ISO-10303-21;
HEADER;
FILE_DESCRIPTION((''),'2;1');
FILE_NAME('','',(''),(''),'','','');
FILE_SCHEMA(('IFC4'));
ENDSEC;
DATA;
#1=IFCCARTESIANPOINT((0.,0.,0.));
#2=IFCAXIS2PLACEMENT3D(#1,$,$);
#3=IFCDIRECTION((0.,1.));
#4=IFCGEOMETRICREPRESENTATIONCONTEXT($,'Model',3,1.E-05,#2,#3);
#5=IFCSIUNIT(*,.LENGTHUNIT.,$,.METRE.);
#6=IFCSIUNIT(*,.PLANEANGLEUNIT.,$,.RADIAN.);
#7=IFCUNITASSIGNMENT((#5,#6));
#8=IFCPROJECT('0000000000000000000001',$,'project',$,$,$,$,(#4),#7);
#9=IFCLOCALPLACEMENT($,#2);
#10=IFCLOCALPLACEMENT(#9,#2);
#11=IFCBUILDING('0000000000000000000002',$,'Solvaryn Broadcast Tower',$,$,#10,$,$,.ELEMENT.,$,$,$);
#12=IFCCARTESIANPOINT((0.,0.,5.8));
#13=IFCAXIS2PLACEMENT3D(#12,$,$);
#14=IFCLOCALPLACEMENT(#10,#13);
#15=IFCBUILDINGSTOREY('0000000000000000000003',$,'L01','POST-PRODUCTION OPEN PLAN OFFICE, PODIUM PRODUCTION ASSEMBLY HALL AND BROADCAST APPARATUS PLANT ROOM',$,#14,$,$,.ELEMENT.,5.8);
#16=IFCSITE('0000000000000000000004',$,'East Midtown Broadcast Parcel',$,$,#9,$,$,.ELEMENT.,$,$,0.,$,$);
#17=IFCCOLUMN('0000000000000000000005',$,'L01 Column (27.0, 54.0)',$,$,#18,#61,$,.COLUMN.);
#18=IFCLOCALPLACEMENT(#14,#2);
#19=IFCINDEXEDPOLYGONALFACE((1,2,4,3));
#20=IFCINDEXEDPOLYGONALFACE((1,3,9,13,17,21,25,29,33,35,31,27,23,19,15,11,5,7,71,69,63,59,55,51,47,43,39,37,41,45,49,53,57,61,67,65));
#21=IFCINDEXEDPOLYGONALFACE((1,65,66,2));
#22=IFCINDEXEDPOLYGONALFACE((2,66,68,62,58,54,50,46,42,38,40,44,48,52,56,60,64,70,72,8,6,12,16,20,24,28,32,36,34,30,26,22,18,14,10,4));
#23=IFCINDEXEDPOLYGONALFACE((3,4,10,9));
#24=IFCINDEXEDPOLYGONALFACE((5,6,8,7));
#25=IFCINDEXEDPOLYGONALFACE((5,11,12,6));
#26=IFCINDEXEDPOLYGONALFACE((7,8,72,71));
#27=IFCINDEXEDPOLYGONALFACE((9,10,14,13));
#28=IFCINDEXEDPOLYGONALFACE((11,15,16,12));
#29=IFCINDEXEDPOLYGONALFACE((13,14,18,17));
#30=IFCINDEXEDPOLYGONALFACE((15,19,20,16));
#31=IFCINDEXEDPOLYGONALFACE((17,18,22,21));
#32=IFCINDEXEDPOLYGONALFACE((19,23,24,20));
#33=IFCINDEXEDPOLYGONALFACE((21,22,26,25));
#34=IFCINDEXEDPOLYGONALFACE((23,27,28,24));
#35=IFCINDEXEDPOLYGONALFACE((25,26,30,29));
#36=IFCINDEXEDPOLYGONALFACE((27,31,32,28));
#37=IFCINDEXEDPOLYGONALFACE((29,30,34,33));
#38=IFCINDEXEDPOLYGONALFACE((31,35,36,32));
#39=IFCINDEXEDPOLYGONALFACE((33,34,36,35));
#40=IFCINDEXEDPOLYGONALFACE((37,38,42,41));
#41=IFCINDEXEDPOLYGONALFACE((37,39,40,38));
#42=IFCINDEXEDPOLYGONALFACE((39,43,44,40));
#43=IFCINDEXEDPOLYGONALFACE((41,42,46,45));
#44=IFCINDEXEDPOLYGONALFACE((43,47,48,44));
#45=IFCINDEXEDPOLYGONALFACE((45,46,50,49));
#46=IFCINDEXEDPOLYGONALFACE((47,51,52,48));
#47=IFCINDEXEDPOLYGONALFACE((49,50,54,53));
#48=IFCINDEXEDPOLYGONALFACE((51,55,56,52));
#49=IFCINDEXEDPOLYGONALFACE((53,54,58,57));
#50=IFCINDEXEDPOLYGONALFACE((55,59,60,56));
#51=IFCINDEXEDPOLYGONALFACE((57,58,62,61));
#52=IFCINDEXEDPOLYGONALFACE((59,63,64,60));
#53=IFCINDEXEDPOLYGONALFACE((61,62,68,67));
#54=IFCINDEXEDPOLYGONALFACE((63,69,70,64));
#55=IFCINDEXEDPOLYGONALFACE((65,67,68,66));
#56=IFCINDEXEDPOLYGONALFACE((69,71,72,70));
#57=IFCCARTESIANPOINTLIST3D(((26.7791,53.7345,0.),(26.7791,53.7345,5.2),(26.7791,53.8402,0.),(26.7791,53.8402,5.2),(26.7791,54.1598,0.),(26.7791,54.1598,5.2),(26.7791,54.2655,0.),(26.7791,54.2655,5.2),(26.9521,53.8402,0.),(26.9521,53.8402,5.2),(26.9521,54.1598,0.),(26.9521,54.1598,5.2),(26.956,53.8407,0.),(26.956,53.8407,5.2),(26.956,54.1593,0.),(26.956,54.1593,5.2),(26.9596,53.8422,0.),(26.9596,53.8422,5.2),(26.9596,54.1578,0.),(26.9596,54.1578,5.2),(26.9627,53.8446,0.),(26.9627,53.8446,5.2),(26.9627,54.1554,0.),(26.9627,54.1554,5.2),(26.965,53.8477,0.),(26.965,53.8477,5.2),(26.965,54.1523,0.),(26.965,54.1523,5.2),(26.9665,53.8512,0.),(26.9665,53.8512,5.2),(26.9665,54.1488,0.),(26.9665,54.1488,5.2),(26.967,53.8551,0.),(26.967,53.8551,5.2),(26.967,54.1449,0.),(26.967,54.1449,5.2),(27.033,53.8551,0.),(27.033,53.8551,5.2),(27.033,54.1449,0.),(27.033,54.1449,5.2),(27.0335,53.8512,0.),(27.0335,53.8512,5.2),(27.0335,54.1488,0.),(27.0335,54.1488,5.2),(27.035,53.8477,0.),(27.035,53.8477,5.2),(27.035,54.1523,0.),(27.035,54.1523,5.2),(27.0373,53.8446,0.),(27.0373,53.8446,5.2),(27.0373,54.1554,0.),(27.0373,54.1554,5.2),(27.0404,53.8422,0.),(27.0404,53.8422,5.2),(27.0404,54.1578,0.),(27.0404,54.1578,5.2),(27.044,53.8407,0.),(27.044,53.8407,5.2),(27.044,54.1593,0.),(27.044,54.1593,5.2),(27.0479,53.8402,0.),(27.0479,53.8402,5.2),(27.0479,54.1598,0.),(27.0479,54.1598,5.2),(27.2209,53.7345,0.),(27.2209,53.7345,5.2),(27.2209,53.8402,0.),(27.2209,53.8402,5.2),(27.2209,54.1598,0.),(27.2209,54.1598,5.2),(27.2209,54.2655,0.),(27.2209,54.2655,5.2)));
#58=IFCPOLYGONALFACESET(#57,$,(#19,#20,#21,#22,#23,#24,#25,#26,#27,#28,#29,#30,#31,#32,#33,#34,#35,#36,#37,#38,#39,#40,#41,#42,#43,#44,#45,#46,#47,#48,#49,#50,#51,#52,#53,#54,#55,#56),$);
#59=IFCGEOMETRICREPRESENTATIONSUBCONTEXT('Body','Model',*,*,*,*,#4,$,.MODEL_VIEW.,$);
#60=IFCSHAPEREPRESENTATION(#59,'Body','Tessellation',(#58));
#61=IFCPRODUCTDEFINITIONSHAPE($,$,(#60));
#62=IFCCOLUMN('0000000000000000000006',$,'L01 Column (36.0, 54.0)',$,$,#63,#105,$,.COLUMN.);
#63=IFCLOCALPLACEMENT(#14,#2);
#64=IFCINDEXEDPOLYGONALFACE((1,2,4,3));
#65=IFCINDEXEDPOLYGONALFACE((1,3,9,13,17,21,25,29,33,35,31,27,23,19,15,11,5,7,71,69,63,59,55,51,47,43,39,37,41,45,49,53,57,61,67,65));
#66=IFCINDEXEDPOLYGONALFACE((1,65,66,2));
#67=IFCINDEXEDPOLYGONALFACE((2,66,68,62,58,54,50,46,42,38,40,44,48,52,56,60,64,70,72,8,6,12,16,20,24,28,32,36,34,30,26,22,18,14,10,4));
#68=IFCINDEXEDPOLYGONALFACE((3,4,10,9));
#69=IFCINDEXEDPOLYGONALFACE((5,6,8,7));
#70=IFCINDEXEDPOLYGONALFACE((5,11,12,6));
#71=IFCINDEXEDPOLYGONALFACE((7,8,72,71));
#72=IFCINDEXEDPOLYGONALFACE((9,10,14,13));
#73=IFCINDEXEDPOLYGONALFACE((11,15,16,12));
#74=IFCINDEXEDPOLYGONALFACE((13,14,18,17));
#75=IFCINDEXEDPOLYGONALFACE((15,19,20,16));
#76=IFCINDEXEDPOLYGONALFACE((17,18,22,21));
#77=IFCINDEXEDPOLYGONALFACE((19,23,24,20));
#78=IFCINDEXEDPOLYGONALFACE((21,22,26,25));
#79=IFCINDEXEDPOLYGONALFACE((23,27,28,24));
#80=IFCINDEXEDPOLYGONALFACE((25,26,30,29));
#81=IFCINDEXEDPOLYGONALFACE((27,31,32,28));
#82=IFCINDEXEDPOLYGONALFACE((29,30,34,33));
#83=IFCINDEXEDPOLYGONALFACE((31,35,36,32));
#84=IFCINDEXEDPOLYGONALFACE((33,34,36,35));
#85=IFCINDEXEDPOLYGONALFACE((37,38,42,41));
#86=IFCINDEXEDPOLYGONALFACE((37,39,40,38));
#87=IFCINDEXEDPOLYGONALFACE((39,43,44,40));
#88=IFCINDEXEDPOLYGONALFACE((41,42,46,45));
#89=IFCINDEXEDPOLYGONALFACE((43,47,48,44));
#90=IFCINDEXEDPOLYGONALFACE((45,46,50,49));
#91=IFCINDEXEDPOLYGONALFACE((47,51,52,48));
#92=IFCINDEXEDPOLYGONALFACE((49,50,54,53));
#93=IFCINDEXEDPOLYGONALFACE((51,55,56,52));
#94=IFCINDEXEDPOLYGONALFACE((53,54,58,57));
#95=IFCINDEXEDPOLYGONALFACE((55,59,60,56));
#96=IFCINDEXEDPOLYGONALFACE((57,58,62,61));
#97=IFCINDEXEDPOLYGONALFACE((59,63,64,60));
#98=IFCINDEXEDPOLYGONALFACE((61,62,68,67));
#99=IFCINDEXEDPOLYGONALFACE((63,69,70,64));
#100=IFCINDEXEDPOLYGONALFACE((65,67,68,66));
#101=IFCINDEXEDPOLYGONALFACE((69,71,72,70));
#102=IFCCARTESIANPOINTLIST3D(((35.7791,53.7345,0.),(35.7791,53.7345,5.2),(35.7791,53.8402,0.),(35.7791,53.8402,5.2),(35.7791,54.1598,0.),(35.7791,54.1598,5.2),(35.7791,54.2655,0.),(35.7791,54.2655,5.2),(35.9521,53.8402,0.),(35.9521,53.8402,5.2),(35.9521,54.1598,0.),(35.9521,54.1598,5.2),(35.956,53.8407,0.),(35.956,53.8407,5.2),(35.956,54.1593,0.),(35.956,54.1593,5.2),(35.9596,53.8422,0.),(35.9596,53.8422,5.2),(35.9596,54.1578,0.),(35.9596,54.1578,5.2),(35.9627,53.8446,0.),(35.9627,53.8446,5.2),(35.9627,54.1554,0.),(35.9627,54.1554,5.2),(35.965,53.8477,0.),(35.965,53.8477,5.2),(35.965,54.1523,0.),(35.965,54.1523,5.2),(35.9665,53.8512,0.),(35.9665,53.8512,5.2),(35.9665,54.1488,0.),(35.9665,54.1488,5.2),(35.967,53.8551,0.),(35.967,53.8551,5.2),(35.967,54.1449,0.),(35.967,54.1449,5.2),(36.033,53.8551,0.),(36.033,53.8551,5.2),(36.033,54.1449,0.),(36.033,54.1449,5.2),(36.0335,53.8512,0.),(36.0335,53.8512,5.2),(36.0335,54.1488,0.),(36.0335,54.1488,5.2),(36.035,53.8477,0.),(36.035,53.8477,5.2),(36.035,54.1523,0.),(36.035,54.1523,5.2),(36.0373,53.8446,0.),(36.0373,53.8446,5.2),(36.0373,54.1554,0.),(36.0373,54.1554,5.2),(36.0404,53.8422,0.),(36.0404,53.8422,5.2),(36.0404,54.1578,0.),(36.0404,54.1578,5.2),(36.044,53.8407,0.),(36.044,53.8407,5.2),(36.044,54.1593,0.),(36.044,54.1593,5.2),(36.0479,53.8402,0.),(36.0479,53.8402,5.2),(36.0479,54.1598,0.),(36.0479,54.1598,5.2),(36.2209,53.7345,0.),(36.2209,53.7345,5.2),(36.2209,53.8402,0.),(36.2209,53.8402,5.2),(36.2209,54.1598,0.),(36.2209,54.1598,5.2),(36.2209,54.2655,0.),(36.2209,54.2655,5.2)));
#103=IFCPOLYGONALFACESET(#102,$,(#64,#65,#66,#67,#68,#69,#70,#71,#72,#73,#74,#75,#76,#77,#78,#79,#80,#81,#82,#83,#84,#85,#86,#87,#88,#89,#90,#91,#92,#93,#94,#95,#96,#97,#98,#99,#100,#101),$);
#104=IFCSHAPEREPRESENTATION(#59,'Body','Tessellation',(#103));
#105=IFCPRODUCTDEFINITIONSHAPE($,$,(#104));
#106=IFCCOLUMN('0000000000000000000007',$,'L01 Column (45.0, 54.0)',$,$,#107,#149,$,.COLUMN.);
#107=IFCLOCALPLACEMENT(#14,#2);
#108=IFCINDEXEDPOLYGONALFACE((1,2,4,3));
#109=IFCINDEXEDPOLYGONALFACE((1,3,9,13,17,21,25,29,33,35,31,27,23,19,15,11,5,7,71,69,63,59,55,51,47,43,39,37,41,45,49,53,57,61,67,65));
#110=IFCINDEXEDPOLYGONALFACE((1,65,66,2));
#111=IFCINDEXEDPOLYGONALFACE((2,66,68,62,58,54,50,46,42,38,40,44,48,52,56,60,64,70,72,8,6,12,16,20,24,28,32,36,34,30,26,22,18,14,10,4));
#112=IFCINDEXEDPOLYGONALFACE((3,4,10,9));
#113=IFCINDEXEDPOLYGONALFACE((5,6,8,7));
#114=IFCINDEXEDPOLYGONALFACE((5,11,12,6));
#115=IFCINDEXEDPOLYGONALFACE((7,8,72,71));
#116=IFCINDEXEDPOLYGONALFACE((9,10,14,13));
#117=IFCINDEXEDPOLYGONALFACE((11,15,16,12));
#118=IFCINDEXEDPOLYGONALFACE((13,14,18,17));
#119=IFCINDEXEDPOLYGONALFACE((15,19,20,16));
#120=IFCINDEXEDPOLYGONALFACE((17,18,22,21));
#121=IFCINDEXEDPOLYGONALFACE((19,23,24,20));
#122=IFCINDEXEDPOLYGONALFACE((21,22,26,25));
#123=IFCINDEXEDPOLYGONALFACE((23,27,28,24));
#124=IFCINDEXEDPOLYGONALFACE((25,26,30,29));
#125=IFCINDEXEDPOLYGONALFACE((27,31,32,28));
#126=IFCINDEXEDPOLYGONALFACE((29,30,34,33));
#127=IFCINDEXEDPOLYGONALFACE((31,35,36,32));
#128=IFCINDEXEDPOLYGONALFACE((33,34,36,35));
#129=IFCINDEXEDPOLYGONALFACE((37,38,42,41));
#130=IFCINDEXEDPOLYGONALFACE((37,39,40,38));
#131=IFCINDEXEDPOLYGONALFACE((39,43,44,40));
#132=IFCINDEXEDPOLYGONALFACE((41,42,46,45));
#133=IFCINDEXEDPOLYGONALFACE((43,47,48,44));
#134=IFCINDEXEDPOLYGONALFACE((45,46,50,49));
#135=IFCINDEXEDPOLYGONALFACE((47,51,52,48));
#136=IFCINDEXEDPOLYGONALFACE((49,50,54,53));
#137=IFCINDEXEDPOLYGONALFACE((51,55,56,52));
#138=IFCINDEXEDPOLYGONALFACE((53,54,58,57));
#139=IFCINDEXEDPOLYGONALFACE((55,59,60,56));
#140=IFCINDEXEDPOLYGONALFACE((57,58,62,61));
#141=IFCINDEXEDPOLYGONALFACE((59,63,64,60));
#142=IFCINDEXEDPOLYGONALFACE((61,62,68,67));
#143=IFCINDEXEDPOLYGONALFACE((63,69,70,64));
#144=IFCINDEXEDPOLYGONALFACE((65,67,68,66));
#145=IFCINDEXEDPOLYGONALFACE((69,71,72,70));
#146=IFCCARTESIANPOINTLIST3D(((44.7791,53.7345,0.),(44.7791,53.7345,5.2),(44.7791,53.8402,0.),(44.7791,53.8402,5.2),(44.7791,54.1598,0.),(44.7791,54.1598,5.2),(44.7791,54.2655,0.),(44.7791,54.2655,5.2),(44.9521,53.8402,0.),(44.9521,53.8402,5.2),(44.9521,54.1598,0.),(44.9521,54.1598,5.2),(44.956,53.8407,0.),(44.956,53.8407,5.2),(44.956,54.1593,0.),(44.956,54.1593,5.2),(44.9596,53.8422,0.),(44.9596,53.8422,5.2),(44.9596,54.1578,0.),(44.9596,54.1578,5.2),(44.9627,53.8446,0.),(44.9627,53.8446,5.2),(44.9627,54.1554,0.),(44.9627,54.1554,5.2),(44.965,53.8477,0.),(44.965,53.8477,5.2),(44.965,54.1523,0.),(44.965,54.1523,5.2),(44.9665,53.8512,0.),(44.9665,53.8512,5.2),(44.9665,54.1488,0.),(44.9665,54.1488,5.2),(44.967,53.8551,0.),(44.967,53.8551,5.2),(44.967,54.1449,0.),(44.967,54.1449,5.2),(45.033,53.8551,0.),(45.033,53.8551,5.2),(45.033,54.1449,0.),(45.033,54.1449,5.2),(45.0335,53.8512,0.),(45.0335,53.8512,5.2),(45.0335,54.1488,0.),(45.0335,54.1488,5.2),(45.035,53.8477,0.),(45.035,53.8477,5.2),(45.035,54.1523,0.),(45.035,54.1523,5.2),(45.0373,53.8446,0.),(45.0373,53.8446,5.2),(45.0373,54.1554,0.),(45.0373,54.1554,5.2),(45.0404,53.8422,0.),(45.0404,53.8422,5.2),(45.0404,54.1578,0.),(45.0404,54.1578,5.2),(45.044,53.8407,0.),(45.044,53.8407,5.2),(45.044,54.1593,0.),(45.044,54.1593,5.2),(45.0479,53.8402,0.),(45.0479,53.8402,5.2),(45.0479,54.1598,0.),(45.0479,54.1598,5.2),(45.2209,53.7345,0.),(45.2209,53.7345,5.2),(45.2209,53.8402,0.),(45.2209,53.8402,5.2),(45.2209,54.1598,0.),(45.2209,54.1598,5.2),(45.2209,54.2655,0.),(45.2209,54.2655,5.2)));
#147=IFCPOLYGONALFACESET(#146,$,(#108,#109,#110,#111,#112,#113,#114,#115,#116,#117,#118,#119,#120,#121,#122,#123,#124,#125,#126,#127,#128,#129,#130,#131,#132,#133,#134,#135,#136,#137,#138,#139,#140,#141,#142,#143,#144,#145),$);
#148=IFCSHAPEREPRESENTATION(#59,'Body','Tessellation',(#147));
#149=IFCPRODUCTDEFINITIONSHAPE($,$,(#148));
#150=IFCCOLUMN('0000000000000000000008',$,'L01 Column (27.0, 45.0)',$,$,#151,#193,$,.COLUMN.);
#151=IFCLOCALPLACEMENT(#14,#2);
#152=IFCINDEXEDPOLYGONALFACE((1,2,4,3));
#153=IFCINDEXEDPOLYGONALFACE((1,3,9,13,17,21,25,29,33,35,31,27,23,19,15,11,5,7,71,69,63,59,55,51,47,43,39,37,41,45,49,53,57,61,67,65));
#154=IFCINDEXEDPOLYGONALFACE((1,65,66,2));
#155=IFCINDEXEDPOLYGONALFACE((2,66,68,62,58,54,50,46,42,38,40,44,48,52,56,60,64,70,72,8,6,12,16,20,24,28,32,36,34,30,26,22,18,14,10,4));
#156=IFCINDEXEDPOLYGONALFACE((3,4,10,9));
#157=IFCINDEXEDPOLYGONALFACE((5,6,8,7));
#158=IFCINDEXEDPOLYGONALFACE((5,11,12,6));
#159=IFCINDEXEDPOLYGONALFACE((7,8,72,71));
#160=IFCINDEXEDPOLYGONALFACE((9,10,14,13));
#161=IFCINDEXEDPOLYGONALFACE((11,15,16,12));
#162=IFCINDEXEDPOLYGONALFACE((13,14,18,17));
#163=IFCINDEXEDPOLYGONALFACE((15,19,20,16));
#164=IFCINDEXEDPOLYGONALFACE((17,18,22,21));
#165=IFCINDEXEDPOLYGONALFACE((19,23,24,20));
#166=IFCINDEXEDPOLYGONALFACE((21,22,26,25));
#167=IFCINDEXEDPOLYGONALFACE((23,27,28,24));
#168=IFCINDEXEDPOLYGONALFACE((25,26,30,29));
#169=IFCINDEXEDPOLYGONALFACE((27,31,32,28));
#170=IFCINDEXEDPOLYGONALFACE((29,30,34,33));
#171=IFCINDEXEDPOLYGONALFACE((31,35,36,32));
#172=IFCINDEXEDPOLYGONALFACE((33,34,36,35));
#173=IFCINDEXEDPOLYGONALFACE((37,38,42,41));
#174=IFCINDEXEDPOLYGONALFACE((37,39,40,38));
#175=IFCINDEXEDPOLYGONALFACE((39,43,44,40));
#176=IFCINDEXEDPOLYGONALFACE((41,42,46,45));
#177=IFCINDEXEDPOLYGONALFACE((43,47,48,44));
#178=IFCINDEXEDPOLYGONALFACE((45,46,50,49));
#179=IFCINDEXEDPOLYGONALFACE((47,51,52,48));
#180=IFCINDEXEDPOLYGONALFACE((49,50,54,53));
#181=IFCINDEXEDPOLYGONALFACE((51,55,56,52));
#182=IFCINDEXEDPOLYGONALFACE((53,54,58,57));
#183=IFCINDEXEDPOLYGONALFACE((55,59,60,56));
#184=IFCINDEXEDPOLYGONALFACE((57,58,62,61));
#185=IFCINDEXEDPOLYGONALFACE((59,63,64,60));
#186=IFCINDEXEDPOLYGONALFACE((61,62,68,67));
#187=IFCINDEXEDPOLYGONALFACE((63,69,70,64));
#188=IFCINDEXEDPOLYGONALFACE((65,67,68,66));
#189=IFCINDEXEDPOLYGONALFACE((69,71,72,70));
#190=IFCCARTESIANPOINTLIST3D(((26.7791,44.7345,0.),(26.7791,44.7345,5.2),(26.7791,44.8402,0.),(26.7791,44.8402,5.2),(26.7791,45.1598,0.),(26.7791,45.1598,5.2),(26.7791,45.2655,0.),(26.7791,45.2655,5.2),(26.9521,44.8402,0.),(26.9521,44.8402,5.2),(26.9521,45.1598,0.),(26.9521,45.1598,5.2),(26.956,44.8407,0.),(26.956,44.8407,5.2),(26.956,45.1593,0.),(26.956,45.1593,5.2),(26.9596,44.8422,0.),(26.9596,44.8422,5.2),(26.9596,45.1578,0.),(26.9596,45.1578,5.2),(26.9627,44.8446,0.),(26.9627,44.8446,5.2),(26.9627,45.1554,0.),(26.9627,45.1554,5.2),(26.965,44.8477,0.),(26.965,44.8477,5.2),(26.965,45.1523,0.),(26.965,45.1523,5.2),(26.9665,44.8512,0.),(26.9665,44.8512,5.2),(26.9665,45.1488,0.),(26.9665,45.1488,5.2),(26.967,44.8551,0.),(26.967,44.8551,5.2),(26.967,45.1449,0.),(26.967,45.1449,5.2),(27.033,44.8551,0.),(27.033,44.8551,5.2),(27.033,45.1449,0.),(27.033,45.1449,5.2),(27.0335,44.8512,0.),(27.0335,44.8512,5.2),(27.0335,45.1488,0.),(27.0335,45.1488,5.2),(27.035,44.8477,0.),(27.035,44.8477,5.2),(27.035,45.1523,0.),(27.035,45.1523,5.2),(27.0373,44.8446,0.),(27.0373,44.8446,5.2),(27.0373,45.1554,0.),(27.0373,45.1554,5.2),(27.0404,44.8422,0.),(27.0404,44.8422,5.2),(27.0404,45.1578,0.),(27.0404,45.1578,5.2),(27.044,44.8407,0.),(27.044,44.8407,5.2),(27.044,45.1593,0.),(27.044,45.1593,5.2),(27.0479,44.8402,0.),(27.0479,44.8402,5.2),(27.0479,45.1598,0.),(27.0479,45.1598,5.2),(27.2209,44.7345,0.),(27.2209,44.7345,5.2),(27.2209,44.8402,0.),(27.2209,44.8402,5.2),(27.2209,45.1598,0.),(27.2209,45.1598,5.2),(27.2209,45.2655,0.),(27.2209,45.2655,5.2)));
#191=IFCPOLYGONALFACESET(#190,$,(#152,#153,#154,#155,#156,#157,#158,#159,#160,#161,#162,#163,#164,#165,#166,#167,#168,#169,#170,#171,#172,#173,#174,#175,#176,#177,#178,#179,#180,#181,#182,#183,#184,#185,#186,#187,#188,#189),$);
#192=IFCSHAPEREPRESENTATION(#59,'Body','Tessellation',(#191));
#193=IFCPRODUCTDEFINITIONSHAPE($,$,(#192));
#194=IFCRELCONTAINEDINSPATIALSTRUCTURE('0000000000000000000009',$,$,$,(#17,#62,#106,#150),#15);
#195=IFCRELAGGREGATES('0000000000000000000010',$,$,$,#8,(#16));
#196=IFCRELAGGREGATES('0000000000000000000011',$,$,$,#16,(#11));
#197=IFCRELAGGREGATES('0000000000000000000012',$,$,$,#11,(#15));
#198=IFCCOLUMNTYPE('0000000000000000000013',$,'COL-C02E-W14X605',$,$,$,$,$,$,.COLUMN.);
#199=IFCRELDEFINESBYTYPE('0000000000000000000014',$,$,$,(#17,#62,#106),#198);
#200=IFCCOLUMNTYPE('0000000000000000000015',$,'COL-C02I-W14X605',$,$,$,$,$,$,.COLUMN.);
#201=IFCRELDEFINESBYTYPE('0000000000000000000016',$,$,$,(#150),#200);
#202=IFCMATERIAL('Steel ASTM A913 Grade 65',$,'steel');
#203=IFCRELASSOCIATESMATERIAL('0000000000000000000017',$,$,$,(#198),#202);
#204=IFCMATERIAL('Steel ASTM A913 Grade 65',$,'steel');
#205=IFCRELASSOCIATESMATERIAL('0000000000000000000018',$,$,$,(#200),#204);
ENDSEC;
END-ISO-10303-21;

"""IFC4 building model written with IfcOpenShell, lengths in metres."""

from ifc_helpers import new_model, si_unit, direction, frame, origin, origin_2d, place, context, subcontext, project, spatial, i_section, extrude, material, material_profile, profile_set, type_object, element, save


model = new_model("IFC4")

# Units and contexts
model_context = context("Model", 3, precision=1e-05, world=origin(), true_north=direction((0.0, 1.0)))
body_context = subcontext(model_context, "Body", "Model", "MODEL_VIEW")
ifc_project = project(units=[si_unit("LENGTHUNIT", "METRE"), si_unit("PLANEANGLEUNIT", "RADIAN")], contexts=[model_context])

# Site, building, storey
site_placement = place(None, origin())
site = spatial("IfcSite", under=ifc_project, at=site_placement, Name="East Midtown Broadcast Parcel", CompositionType="ELEMENT", RefElevation=0.0)
building_placement = place(site_placement, origin())
building = spatial("IfcBuilding", under=site, at=building_placement, Name="Solvaryn Broadcast Tower", CompositionType="ELEMENT")
storey_placement = place(building_placement, frame((0.0, 0.0, 5.8)))
storey = spatial("IfcBuildingStorey", under=building, at=storey_placement, Name="L01", Description="POST-PRODUCTION OPEN PLAN OFFICE, PODIUM PRODUCTION ASSEMBLY HALL AND BROADCAST APPARATUS PLANT ROOM", CompositionType="ELEMENT", Elevation=5.8)

# Columns
ifc_material_1 = material(Name="Steel ASTM A913 Grade 65", Category="steel")
ifc_material_profile_1 = material_profile(ifc_material_1, i_section(OverallWidth=0.4419, OverallDepth=0.531, WebThickness=0.0659, FlangeThickness=0.1057, FilletRadius=0.0149, at=origin_2d()))
ifc_profile_set_1 = profile_set([ifc_material_profile_1], Name="Steel ASTM A913 Grade 65")
column_type_1 = type_object("IfcColumnType", Name="COL-C02E-W14X605", PredefinedType="COLUMN", material=ifc_profile_set_1)
for number, where, z_axis, x_axis, name in (
    (1, (27.0, 54.0, 0.0), (0.0, 0.0, 1.0), (1.0, 0.0, 0.0), "L01 Column (27.0, 54.0)"),
    (2, (36.0, 54.0, 0.0), (0.0, 0.0, 1.0), (1.0, 0.0, 0.0), "L01 Column (36.0, 54.0)"),
    (3, (45.0, 54.0, 0.0), (0.0, 0.0, 1.0), (1.0, 0.0, 0.0), "L01 Column (45.0, 54.0)"),
):
    element("IfcColumn", number, at=place(storey_placement, frame(where, z_axis=z_axis, x_axis=x_axis)), inside=storey, type_object=column_type_1, Name=name, PredefinedType="COLUMN", context=body_context, shape_type="SweptSolid", body=[
        extrude(i_section(OverallWidth=0.4419, OverallDepth=0.531, WebThickness=0.0659, FlangeThickness=0.1057, FilletRadius=0.0149, at=origin_2d()), origin(), (0.0, 0.0, 1.0), 5.2),
    ])
ifc_material_2 = material(Name="Steel ASTM A913 Grade 65", Category="steel")
ifc_material_profile_2 = material_profile(ifc_material_2, i_section(OverallWidth=0.4419, OverallDepth=0.531, WebThickness=0.0659, FlangeThickness=0.1057, FilletRadius=0.0149, at=origin_2d()))
ifc_profile_set_2 = profile_set([ifc_material_profile_2], Name="Steel ASTM A913 Grade 65")
column_type_2 = type_object("IfcColumnType", Name="COL-C02I-W14X605", PredefinedType="COLUMN", material=ifc_profile_set_2)
for number, where, z_axis, x_axis, name in (
    (4, (27.0, 45.0, 0.0), (0.0, 0.0, 1.0), (1.0, 0.0, 0.0), "L01 Column (27.0, 45.0)"),
):
    element("IfcColumn", number, at=place(storey_placement, frame(where, z_axis=z_axis, x_axis=x_axis)), inside=storey, type_object=column_type_2, Name=name, PredefinedType="COLUMN", context=body_context, shape_type="SweptSolid", body=[
        extrude(i_section(OverallWidth=0.4419, OverallDepth=0.531, WebThickness=0.0659, FlangeThickness=0.1057, FilletRadius=0.0149, at=origin_2d()), origin(), (0.0, 0.0, 1.0), 5.2),
    ])

save(model, "model.ifc")
